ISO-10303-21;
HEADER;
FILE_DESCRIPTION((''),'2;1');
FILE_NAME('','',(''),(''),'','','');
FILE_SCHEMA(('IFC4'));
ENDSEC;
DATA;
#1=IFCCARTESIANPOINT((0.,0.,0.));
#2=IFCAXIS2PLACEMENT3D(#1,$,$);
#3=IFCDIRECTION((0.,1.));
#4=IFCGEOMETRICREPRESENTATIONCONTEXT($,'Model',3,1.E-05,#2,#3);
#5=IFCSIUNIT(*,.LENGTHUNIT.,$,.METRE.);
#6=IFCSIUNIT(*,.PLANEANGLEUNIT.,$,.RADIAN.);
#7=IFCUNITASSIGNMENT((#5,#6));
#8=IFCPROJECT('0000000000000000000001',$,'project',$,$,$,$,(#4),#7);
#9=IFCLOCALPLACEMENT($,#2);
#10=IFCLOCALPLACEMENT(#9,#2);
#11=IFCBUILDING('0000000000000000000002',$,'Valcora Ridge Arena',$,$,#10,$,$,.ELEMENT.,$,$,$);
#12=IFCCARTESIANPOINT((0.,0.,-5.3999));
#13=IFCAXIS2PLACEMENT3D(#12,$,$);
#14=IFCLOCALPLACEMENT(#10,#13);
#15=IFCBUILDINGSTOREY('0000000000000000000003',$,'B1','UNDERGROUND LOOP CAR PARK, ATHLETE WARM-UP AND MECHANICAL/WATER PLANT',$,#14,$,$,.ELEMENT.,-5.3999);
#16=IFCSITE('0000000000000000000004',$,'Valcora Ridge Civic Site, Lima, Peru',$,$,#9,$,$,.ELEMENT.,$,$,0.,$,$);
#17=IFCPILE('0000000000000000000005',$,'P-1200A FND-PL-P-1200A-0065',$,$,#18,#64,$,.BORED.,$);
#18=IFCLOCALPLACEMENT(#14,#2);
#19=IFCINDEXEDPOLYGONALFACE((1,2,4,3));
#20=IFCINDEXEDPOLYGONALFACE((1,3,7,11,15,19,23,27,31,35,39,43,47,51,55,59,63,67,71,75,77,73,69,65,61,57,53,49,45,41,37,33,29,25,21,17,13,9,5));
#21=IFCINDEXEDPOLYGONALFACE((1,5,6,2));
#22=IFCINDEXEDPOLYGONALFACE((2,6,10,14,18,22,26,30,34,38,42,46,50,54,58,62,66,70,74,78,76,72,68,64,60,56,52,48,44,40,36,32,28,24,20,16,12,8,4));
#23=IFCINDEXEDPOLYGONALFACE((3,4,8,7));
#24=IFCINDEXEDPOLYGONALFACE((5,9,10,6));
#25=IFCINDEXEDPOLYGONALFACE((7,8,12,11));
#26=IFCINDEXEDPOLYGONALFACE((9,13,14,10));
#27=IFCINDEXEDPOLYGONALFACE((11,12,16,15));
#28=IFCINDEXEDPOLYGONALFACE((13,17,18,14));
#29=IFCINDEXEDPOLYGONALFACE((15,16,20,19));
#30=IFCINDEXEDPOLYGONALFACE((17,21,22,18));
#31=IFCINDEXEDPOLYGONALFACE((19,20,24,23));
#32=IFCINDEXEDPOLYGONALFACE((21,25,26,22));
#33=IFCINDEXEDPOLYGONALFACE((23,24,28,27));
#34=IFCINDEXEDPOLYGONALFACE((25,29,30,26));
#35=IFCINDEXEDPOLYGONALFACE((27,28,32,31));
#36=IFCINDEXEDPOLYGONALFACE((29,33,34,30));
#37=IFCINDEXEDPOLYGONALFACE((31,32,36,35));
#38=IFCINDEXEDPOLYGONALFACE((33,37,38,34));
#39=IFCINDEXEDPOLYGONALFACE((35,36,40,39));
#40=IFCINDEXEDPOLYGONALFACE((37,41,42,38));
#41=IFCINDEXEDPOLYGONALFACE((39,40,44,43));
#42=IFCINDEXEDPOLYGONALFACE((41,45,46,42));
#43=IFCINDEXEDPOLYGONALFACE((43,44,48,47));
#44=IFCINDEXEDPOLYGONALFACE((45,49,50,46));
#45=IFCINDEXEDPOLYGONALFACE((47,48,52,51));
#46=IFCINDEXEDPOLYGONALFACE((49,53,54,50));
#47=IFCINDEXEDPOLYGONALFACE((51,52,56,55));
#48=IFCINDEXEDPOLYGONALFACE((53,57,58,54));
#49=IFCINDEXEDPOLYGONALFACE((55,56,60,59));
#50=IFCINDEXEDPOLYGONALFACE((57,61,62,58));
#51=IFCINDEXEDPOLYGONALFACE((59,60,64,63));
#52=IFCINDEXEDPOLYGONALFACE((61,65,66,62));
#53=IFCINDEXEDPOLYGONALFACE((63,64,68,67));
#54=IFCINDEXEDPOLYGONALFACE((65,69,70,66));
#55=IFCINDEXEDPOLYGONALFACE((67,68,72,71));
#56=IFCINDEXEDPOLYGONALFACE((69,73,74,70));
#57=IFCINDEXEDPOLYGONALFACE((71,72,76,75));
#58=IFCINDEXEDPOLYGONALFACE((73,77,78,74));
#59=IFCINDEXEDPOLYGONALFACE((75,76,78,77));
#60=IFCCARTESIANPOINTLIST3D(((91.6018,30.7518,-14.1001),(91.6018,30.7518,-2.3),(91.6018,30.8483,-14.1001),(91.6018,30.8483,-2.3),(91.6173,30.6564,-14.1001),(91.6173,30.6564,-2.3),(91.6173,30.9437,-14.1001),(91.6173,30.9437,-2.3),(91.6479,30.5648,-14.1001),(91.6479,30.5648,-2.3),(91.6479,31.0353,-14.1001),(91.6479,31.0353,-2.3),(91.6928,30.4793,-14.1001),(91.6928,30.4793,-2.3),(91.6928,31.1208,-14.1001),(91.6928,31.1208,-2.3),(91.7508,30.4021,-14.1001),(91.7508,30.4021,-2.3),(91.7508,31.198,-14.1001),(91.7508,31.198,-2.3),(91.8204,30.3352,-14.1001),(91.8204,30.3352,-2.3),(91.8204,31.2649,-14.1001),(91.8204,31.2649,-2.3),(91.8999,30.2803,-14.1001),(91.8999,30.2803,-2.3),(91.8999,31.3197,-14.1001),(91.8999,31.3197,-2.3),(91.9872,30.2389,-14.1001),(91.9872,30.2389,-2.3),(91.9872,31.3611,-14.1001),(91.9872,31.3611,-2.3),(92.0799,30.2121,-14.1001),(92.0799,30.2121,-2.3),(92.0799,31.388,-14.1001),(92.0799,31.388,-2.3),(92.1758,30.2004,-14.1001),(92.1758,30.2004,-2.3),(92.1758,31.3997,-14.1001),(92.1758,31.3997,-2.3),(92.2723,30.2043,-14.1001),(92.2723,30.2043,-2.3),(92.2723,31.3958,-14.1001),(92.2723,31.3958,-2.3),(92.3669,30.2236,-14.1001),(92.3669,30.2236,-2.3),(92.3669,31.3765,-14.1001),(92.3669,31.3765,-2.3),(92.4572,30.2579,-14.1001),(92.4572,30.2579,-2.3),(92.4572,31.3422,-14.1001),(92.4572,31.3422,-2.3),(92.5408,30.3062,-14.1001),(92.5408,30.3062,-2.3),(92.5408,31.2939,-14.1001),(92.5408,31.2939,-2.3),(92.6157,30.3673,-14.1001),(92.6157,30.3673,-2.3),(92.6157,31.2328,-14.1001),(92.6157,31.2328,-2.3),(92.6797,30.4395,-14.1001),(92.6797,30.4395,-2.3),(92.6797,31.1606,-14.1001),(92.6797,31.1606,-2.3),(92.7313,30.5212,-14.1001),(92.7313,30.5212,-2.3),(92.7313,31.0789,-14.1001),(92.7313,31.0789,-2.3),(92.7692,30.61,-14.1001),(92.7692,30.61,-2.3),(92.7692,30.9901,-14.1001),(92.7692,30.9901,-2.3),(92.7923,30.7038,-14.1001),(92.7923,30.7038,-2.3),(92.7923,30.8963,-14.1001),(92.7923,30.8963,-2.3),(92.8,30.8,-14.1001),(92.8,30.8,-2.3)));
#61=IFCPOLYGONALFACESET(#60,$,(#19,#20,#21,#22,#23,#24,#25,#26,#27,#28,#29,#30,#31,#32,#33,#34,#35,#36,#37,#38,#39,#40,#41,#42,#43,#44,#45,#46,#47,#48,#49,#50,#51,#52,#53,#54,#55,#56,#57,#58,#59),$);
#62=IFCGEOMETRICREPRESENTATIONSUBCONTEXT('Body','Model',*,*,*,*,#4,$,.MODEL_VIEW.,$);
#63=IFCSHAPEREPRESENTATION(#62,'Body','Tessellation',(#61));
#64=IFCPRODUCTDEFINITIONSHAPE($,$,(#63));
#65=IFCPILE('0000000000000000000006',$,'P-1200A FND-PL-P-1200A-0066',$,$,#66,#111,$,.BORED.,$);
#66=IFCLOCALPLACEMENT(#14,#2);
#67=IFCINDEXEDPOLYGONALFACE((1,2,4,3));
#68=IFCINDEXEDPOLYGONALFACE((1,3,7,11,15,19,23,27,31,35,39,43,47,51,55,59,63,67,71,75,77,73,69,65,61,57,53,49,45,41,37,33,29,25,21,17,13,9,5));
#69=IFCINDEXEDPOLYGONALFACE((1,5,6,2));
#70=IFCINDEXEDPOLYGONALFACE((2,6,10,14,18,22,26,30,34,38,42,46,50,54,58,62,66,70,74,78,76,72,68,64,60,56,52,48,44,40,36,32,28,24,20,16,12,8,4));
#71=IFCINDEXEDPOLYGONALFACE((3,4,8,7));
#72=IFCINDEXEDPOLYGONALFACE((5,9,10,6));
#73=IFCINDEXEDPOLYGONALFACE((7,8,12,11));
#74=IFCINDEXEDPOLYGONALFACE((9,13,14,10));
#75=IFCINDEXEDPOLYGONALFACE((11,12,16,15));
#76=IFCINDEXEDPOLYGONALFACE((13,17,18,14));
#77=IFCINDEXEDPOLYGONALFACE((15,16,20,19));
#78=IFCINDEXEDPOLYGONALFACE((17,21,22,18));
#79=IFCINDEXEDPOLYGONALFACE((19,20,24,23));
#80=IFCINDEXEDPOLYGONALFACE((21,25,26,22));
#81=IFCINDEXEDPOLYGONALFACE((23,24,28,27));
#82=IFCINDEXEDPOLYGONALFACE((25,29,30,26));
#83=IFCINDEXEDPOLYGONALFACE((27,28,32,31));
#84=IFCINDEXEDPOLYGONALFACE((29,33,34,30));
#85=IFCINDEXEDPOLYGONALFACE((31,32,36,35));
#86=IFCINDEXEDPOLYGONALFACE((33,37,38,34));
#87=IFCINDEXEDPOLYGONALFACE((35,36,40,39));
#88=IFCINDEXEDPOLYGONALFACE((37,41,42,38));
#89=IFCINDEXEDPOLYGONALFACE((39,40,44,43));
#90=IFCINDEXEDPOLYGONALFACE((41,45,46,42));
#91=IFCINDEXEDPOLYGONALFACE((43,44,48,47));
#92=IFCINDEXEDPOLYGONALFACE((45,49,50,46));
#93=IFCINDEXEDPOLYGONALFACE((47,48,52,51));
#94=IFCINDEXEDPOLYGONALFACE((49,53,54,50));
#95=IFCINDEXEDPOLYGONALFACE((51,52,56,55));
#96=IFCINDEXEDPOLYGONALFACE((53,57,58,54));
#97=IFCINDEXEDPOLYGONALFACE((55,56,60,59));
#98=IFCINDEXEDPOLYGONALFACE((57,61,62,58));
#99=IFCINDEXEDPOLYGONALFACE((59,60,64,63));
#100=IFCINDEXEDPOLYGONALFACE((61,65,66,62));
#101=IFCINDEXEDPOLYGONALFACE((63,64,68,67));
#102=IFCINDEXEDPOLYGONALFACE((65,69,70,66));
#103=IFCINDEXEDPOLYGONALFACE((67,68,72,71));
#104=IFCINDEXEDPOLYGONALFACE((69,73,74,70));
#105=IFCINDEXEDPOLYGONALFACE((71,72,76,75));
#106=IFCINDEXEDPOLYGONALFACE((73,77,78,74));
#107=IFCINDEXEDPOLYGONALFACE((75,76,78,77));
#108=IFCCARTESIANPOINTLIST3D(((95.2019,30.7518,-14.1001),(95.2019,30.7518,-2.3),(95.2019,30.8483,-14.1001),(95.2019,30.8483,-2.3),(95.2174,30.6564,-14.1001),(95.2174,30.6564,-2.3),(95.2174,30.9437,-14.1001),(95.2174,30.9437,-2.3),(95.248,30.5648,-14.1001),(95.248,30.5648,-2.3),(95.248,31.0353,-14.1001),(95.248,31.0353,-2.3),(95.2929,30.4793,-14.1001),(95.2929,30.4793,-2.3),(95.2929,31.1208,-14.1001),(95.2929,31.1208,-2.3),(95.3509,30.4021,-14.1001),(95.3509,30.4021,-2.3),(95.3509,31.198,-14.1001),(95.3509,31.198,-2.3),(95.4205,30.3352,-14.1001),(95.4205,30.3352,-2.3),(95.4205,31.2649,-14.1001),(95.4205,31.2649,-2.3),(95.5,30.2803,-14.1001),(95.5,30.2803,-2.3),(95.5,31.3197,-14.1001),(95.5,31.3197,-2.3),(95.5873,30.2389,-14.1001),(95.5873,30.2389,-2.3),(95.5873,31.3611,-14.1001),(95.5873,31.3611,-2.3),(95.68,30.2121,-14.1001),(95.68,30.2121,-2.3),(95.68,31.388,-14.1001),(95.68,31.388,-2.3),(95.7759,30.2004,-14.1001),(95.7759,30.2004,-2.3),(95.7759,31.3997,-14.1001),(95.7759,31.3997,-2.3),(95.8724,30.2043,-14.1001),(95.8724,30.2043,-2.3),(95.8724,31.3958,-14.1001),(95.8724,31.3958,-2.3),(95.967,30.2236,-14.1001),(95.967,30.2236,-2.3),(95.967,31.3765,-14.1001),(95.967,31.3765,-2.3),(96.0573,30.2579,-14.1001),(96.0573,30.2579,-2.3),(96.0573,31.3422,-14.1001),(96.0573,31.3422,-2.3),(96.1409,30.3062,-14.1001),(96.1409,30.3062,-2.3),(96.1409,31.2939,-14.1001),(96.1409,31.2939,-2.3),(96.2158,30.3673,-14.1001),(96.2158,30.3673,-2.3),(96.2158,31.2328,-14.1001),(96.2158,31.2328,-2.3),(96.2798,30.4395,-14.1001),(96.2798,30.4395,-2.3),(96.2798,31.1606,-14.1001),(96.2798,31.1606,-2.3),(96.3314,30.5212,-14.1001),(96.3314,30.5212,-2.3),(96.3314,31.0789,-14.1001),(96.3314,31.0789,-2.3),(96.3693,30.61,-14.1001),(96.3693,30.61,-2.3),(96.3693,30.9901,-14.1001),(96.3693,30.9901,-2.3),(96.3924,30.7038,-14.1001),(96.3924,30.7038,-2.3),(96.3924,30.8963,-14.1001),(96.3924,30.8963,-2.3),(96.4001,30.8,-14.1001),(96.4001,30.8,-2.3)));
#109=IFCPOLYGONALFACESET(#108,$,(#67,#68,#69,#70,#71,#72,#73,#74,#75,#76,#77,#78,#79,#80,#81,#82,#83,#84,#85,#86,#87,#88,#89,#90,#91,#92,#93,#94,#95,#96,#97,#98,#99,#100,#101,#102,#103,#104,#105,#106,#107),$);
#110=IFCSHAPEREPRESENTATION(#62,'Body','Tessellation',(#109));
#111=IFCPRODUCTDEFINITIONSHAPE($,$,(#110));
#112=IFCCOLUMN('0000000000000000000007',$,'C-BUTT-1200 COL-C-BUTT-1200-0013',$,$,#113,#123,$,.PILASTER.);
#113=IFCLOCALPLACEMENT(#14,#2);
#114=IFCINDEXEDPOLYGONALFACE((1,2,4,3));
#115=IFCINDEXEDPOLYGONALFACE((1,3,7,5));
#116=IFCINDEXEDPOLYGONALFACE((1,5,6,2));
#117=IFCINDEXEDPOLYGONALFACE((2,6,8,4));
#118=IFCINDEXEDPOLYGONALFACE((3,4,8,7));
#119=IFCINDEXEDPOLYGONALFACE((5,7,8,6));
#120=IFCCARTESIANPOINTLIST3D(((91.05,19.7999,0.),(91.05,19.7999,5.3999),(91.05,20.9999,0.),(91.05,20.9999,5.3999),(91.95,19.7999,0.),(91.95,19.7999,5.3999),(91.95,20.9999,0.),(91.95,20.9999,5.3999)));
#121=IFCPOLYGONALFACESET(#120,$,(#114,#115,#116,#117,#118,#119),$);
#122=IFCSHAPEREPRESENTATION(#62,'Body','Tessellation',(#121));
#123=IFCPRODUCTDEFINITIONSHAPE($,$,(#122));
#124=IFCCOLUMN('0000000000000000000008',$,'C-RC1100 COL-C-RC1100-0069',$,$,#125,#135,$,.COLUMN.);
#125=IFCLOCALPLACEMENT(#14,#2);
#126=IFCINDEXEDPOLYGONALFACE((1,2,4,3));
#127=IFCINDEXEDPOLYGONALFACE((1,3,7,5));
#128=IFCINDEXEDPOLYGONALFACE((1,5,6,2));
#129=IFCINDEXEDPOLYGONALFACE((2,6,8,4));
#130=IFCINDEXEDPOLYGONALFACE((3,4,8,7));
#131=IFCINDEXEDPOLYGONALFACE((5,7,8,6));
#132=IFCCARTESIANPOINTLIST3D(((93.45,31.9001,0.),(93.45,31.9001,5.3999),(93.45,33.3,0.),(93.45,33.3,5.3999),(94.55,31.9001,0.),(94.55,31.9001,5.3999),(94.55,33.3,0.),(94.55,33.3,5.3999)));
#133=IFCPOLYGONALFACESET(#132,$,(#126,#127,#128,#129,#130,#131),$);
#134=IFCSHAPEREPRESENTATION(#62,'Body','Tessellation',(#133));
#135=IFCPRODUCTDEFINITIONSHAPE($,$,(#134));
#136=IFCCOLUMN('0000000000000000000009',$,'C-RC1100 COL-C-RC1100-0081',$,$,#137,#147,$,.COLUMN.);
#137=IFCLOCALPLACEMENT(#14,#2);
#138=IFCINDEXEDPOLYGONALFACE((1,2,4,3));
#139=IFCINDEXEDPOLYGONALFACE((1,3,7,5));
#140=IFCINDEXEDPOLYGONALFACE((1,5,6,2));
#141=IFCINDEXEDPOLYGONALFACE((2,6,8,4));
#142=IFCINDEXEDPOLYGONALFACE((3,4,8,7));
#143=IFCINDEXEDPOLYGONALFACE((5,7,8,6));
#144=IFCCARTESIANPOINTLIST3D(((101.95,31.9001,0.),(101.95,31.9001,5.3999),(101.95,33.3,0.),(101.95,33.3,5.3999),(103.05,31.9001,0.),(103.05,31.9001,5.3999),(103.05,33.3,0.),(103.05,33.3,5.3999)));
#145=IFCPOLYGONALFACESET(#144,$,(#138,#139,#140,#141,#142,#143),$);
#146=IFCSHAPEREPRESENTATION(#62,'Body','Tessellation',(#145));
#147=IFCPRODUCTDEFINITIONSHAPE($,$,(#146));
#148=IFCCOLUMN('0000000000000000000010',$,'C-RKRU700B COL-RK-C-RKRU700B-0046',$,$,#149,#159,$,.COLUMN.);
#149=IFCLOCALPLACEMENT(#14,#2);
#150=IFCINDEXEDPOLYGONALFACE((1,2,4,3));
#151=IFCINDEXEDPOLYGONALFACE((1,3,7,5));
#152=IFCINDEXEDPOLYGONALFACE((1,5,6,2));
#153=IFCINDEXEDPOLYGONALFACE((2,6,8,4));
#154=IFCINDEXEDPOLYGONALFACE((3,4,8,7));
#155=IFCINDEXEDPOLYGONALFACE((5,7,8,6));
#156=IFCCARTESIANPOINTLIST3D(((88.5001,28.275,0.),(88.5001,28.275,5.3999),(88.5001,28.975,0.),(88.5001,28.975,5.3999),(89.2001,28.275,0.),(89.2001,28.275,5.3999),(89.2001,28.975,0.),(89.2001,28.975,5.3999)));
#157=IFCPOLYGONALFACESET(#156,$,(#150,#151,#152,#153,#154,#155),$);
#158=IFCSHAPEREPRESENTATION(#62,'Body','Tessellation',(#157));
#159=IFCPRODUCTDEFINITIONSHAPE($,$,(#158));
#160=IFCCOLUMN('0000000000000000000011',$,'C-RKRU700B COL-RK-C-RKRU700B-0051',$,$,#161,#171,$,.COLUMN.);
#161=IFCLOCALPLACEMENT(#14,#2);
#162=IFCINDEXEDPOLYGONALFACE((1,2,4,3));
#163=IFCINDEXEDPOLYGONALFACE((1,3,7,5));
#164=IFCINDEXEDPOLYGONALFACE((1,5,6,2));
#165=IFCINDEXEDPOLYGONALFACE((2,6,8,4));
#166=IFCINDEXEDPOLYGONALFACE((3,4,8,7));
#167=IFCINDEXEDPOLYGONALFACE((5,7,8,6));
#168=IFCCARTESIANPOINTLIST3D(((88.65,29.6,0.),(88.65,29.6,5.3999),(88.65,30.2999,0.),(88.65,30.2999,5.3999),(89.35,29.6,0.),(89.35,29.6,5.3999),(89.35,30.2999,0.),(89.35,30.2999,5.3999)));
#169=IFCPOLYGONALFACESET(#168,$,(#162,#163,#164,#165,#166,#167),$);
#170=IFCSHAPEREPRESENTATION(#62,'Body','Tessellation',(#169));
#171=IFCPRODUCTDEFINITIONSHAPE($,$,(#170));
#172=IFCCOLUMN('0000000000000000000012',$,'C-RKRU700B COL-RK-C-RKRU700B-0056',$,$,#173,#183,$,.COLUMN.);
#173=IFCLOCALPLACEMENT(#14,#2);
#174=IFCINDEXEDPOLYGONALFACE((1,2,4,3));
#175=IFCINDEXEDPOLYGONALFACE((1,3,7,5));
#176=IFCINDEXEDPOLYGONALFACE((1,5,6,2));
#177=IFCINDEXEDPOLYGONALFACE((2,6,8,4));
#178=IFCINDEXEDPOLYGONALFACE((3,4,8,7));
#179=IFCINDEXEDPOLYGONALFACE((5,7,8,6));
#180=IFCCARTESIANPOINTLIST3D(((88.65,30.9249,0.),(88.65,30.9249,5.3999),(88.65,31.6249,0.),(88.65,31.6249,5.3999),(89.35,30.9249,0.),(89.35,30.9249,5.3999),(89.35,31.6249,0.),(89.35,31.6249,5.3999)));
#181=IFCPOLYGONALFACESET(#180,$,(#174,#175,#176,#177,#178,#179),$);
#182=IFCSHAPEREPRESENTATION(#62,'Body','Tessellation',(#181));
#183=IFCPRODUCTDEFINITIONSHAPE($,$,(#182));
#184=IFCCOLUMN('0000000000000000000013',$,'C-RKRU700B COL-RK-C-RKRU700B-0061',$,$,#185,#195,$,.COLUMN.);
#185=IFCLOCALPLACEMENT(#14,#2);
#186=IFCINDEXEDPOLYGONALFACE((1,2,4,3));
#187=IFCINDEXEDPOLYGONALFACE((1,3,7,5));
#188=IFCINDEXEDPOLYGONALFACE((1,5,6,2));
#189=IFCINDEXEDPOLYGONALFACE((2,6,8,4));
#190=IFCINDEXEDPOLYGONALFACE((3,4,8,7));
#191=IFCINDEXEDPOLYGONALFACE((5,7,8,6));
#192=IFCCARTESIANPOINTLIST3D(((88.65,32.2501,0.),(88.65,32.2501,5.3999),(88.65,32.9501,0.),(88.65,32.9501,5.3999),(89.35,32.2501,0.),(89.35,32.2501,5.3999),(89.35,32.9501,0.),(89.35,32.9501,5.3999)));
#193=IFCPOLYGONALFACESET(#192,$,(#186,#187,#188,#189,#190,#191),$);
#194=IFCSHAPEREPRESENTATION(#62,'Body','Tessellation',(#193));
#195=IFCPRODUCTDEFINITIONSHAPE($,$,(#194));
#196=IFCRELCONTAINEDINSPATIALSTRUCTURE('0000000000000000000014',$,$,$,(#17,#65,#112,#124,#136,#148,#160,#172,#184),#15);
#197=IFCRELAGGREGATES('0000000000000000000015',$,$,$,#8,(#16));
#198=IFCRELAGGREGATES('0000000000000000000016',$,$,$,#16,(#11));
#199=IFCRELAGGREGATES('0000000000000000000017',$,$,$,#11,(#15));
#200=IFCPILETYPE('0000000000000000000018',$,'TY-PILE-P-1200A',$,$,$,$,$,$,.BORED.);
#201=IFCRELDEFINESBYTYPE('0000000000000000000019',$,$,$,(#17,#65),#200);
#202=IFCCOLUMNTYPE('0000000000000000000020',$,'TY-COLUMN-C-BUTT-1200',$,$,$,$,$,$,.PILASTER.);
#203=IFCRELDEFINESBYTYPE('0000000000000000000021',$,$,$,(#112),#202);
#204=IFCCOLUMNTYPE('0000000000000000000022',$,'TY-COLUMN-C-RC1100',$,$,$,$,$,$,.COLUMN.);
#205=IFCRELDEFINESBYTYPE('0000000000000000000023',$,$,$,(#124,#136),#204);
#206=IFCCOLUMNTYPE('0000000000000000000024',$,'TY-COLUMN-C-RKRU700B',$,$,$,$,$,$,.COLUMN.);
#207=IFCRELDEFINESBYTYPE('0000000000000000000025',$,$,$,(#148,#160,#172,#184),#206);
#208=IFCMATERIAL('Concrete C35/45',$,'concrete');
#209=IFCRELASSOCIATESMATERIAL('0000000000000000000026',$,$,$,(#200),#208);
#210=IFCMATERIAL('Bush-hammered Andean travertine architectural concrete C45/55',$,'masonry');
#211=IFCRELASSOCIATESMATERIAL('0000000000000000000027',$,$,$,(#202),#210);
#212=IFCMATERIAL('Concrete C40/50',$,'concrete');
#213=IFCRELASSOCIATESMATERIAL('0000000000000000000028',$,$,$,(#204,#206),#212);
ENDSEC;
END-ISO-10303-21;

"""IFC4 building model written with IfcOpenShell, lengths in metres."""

from ifc_helpers import new_model, si_unit, direction, frame, origin, origin_2d, place, context, subcontext, project, spatial, rectangle, circle, extrude, material, material_profile, profile_set, type_object, element, save


model = new_model("IFC4")

# Units and contexts
model_context = context("Model", 3, precision=1e-05, world=origin(), true_north=direction((0.0, 1.0)))
body_context = subcontext(model_context, "Body", "Model", "MODEL_VIEW")
ifc_project = project(units=[si_unit("LENGTHUNIT", "METRE"), si_unit("PLANEANGLEUNIT", "RADIAN")], contexts=[model_context])

# Site, building, storey
site_placement = place(None, origin())
site = spatial("IfcSite", under=ifc_project, at=site_placement, Name="Valcora Ridge Civic Site, Lima, Peru", CompositionType="ELEMENT", RefElevation=0.0)
building_placement = place(site_placement, origin())
building = spatial("IfcBuilding", under=site, at=building_placement, Name="Valcora Ridge Arena", CompositionType="ELEMENT")
storey_placement = place(building_placement, frame((0.0, 0.0, -5.3999)))
storey = spatial("IfcBuildingStorey", under=building, at=storey_placement, Name="B1", Description="UNDERGROUND LOOP CAR PARK, ATHLETE WARM-UP AND MECHANICAL/WATER PLANT", CompositionType="ELEMENT", Elevation=-5.3999)

# Shared definitions
ifc_material_1 = material(Name="Concrete C40/50", Category="concrete")

# Piles
ifc_material_2 = material(Name="Concrete C35/45", Category="concrete")
ifc_material_profile_1 = material_profile(ifc_material_2, circle(Radius=0.6001, at=origin_2d()), Name="BORED PILE D1200")
ifc_profile_set_1 = profile_set([ifc_material_profile_1], Name="Concrete C35/45")
pile_type_1 = type_object("IfcPileType", Name="TY-PILE-P-1200A", PredefinedType="BORED", material=ifc_profile_set_1)
for number, where, z_axis, x_axis, name in (
    (1, (92.2, 30.8, -2.3), (0.0, 0.0, -1.0), (1.0, 0.0, 0.0), "P-1200A FND-PL-P-1200A-0065"),
    (2, (95.8, 30.8, -2.3), (0.0, 0.0, -1.0), (1.0, 0.0, 0.0), "P-1200A FND-PL-P-1200A-0066"),
):
    element("IfcPile", number, at=place(storey_placement, frame(where, z_axis=z_axis, x_axis=x_axis)), inside=storey, type_object=pile_type_1, Name=name, PredefinedType="BORED", context=body_context, shape_type="SweptSolid", body=[
        extrude(circle(Radius=0.6001, at=origin_2d()), origin(), (0.0, 0.0, 1.0), 11.8),
    ])

# Columns
ifc_material_3 = material(Name="Bush-hammered Andean travertine architectural concrete C45/55", Category="masonry")
ifc_material_profile_2 = material_profile(ifc_material_3, rectangle(XDim=0.8999, YDim=1.2, at=origin_2d()), Name="RC 900x1200")
ifc_profile_set_2 = profile_set([ifc_material_profile_2], Name="Bush-hammered Andean travertine architectural concrete C45/55")
column_type_1 = type_object("IfcColumnType", Name="TY-COLUMN-C-BUTT-1200", PredefinedType="PILASTER", material=ifc_profile_set_2)
column_placement = place(storey_placement, frame((91.5, 20.3999, 0.0), z_axis=(0.0, 0.0, 1.0), x_axis=(1.0, 0.0, 0.0)))
element("IfcColumn", 3, at=column_placement, inside=storey, type_object=column_type_1, Name="C-BUTT-1200 COL-C-BUTT-1200-0013", PredefinedType="PILASTER", context=body_context, shape_type="SweptSolid", body=[
    extrude(rectangle(XDim=0.8999, YDim=1.2, at=origin_2d()), origin(), (0.0, 0.0, 1.0), 5.3999),
])
ifc_material_profile_3 = material_profile(ifc_material_1, rectangle(XDim=1.1001, YDim=1.3999, at=origin_2d()), Name="RC 1100x1400")
ifc_profile_set_3 = profile_set([ifc_material_profile_3], Name="Concrete C40/50")
column_type_2 = type_object("IfcColumnType", Name="TY-COLUMN-C-RC1100", PredefinedType="COLUMN", material=ifc_profile_set_3)
for number, where, z_axis, x_axis, name in (
    (4, (94.0, 32.6001, 0.0), (0.0, 0.0, 1.0), (1.0, 0.0, 0.0), "C-RC1100 COL-C-RC1100-0069"),
    (5, (102.5, 32.6001, 0.0), (0.0, 0.0, 1.0), (1.0, 0.0, 0.0), "C-RC1100 COL-C-RC1100-0081"),
):
    element("IfcColumn", number, at=place(storey_placement, frame(where, z_axis=z_axis, x_axis=x_axis)), inside=storey, type_object=column_type_2, Name=name, PredefinedType="COLUMN", context=body_context, shape_type="SweptSolid", body=[
        extrude(rectangle(XDim=1.1001, YDim=1.3999, at=origin_2d()), origin(), (0.0, 0.0, 1.0), 5.3999),
    ])
ifc_material_profile_4 = material_profile(ifc_material_1, rectangle(XDim=0.7, YDim=0.7, at=origin_2d()), Name="RC 700x700")
ifc_profile_set_4 = profile_set([ifc_material_profile_4], Name="Concrete C40/50")
column_type_3 = type_object("IfcColumnType", Name="TY-COLUMN-C-RKRU700B", PredefinedType="COLUMN", material=ifc_profile_set_4)
for number, where, z_axis, x_axis, name in (
    (6, (88.8501, 28.625, 0.0), (0.0, 0.0, 1.0), (1.0, 0.0, 0.0), "C-RKRU700B COL-RK-C-RKRU700B-0046"),
    (7, (89.0, 29.95, 0.0), (0.0, 0.0, 1.0), (1.0, 0.0, 0.0), "C-RKRU700B COL-RK-C-RKRU700B-0051"),
    (8, (89.0, 31.2749, 0.0), (0.0, 0.0, 1.0), (1.0, 0.0, 0.0), "C-RKRU700B COL-RK-C-RKRU700B-0056"),
    (9, (89.0, 32.6001, 0.0), (0.0, 0.0, 1.0), (1.0, 0.0, 0.0), "C-RKRU700B COL-RK-C-RKRU700B-0061"),
):
    element("IfcColumn", number, at=place(storey_placement, frame(where, z_axis=z_axis, x_axis=x_axis)), inside=storey, type_object=column_type_3, Name=name, PredefinedType="COLUMN", context=body_context, shape_type="SweptSolid", body=[
        extrude(rectangle(XDim=0.7, YDim=0.7, at=origin_2d()), origin(), (0.0, 0.0, 1.0), 5.3999),
    ])

save(model, "model.ifc")
